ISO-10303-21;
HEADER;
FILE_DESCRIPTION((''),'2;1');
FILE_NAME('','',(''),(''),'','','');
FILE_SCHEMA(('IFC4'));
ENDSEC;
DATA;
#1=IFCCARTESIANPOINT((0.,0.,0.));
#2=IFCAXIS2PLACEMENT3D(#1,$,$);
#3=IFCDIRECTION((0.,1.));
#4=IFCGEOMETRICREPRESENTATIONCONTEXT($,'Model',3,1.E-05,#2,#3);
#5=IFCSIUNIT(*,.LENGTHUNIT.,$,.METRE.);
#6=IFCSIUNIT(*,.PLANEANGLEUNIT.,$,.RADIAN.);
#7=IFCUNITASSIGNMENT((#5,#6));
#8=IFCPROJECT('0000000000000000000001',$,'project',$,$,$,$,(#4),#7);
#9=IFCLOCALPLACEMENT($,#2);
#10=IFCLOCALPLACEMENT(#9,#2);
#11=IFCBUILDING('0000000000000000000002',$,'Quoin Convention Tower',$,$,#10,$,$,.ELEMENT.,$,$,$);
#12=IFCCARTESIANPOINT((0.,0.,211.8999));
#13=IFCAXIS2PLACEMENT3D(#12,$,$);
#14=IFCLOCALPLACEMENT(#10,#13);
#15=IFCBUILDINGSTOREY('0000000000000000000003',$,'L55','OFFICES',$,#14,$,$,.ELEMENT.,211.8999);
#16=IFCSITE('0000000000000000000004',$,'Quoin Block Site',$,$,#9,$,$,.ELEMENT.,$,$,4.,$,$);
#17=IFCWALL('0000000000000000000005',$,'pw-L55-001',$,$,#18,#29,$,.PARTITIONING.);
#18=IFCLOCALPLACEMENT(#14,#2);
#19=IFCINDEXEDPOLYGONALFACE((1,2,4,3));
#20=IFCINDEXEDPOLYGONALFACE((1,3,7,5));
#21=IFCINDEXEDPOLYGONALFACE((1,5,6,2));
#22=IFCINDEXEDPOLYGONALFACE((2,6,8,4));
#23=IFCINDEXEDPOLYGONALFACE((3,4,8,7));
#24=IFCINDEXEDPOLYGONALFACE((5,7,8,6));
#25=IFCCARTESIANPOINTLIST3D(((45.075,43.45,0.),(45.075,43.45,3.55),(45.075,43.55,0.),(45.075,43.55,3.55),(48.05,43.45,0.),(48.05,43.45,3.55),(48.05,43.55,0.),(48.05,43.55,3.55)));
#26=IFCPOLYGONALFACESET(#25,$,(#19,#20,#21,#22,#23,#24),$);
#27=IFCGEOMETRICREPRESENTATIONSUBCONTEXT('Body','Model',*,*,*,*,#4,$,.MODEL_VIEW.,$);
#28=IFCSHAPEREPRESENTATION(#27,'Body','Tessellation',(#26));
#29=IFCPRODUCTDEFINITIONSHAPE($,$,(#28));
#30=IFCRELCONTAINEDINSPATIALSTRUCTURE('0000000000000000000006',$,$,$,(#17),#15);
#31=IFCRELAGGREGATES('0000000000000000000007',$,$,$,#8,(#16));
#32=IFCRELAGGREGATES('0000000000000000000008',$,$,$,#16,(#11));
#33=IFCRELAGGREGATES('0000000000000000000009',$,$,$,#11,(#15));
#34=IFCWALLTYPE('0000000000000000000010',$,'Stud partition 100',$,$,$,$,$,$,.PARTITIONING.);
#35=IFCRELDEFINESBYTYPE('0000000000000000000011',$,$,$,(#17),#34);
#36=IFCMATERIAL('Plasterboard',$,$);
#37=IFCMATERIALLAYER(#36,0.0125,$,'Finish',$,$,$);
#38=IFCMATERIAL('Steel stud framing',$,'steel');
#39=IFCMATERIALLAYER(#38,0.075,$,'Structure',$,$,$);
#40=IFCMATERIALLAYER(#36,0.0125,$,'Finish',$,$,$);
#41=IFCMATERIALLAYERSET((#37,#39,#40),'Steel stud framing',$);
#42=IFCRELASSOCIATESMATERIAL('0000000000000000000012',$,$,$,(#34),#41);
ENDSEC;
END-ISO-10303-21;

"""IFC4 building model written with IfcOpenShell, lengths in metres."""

from ifc_helpers import new_model, si_unit, direction, frame, frame_2d, origin, place, context, subcontext, project, spatial, rectangle, extrude, material, layer, layer_set, type_object, element, save


model = new_model("IFC4")

# Units and contexts
model_context = context("Model", 3, precision=1e-05, world=origin(), true_north=direction((0.0, 1.0)))
body_context = subcontext(model_context, "Body", "Model", "MODEL_VIEW")
ifc_project = project(units=[si_unit("LENGTHUNIT", "METRE"), si_unit("PLANEANGLEUNIT", "RADIAN")], contexts=[model_context])

# Site, building, storey
site_placement = place(None, origin())
site = spatial("IfcSite", under=ifc_project, at=site_placement, Name="Quoin Block Site", CompositionType="ELEMENT", RefElevation=4.0)
building_placement = place(site_placement, origin())
building = spatial("IfcBuilding", under=site, at=building_placement, Name="Quoin Convention Tower", CompositionType="ELEMENT")
storey_placement = place(building_placement, frame((0.0, 0.0, 211.8999)))
storey = spatial("IfcBuildingStorey", under=building, at=storey_placement, Name="L55", Description="OFFICES", CompositionType="ELEMENT", Elevation=211.8999)

# Shared definitions
ifc_material_1 = material(Name="Plasterboard")
ifc_material_2 = material(Name="Steel stud framing", Category="steel")

# Wall
ifc_layer_1 = layer(ifc_material_1, 0.0125, Name="Finish")
ifc_layer_2 = layer(ifc_material_2, 0.075, Name="Structure")
ifc_layer_3 = layer(ifc_material_1, 0.0125, Name="Finish")
ifc_layer_set_1 = layer_set([ifc_layer_1, ifc_layer_2, ifc_layer_3], Name="Steel stud framing")
wall_type_1 = type_object("IfcWallType", Name="Stud partition 100", PredefinedType="PARTITIONING", material=ifc_layer_set_1)
wall_1_placement = place(storey_placement, frame((45.075, 43.5, 0.0), z_axis=(0.0, 0.0, 1.0), x_axis=(1.0, 0.0, 0.0)))
element("IfcWall", 1, at=wall_1_placement, inside=storey, type_object=wall_type_1, Name="pw-L55-001", PredefinedType="PARTITIONING", context=body_context, shape_type="SweptSolid", body=[
    extrude(rectangle(XDim=2.9751, YDim=0.1001, at=frame_2d((1.4875, 0.0))), origin(), (0.0, 0.0, 1.0), 3.55),
])

save(model, "model.ifc")
